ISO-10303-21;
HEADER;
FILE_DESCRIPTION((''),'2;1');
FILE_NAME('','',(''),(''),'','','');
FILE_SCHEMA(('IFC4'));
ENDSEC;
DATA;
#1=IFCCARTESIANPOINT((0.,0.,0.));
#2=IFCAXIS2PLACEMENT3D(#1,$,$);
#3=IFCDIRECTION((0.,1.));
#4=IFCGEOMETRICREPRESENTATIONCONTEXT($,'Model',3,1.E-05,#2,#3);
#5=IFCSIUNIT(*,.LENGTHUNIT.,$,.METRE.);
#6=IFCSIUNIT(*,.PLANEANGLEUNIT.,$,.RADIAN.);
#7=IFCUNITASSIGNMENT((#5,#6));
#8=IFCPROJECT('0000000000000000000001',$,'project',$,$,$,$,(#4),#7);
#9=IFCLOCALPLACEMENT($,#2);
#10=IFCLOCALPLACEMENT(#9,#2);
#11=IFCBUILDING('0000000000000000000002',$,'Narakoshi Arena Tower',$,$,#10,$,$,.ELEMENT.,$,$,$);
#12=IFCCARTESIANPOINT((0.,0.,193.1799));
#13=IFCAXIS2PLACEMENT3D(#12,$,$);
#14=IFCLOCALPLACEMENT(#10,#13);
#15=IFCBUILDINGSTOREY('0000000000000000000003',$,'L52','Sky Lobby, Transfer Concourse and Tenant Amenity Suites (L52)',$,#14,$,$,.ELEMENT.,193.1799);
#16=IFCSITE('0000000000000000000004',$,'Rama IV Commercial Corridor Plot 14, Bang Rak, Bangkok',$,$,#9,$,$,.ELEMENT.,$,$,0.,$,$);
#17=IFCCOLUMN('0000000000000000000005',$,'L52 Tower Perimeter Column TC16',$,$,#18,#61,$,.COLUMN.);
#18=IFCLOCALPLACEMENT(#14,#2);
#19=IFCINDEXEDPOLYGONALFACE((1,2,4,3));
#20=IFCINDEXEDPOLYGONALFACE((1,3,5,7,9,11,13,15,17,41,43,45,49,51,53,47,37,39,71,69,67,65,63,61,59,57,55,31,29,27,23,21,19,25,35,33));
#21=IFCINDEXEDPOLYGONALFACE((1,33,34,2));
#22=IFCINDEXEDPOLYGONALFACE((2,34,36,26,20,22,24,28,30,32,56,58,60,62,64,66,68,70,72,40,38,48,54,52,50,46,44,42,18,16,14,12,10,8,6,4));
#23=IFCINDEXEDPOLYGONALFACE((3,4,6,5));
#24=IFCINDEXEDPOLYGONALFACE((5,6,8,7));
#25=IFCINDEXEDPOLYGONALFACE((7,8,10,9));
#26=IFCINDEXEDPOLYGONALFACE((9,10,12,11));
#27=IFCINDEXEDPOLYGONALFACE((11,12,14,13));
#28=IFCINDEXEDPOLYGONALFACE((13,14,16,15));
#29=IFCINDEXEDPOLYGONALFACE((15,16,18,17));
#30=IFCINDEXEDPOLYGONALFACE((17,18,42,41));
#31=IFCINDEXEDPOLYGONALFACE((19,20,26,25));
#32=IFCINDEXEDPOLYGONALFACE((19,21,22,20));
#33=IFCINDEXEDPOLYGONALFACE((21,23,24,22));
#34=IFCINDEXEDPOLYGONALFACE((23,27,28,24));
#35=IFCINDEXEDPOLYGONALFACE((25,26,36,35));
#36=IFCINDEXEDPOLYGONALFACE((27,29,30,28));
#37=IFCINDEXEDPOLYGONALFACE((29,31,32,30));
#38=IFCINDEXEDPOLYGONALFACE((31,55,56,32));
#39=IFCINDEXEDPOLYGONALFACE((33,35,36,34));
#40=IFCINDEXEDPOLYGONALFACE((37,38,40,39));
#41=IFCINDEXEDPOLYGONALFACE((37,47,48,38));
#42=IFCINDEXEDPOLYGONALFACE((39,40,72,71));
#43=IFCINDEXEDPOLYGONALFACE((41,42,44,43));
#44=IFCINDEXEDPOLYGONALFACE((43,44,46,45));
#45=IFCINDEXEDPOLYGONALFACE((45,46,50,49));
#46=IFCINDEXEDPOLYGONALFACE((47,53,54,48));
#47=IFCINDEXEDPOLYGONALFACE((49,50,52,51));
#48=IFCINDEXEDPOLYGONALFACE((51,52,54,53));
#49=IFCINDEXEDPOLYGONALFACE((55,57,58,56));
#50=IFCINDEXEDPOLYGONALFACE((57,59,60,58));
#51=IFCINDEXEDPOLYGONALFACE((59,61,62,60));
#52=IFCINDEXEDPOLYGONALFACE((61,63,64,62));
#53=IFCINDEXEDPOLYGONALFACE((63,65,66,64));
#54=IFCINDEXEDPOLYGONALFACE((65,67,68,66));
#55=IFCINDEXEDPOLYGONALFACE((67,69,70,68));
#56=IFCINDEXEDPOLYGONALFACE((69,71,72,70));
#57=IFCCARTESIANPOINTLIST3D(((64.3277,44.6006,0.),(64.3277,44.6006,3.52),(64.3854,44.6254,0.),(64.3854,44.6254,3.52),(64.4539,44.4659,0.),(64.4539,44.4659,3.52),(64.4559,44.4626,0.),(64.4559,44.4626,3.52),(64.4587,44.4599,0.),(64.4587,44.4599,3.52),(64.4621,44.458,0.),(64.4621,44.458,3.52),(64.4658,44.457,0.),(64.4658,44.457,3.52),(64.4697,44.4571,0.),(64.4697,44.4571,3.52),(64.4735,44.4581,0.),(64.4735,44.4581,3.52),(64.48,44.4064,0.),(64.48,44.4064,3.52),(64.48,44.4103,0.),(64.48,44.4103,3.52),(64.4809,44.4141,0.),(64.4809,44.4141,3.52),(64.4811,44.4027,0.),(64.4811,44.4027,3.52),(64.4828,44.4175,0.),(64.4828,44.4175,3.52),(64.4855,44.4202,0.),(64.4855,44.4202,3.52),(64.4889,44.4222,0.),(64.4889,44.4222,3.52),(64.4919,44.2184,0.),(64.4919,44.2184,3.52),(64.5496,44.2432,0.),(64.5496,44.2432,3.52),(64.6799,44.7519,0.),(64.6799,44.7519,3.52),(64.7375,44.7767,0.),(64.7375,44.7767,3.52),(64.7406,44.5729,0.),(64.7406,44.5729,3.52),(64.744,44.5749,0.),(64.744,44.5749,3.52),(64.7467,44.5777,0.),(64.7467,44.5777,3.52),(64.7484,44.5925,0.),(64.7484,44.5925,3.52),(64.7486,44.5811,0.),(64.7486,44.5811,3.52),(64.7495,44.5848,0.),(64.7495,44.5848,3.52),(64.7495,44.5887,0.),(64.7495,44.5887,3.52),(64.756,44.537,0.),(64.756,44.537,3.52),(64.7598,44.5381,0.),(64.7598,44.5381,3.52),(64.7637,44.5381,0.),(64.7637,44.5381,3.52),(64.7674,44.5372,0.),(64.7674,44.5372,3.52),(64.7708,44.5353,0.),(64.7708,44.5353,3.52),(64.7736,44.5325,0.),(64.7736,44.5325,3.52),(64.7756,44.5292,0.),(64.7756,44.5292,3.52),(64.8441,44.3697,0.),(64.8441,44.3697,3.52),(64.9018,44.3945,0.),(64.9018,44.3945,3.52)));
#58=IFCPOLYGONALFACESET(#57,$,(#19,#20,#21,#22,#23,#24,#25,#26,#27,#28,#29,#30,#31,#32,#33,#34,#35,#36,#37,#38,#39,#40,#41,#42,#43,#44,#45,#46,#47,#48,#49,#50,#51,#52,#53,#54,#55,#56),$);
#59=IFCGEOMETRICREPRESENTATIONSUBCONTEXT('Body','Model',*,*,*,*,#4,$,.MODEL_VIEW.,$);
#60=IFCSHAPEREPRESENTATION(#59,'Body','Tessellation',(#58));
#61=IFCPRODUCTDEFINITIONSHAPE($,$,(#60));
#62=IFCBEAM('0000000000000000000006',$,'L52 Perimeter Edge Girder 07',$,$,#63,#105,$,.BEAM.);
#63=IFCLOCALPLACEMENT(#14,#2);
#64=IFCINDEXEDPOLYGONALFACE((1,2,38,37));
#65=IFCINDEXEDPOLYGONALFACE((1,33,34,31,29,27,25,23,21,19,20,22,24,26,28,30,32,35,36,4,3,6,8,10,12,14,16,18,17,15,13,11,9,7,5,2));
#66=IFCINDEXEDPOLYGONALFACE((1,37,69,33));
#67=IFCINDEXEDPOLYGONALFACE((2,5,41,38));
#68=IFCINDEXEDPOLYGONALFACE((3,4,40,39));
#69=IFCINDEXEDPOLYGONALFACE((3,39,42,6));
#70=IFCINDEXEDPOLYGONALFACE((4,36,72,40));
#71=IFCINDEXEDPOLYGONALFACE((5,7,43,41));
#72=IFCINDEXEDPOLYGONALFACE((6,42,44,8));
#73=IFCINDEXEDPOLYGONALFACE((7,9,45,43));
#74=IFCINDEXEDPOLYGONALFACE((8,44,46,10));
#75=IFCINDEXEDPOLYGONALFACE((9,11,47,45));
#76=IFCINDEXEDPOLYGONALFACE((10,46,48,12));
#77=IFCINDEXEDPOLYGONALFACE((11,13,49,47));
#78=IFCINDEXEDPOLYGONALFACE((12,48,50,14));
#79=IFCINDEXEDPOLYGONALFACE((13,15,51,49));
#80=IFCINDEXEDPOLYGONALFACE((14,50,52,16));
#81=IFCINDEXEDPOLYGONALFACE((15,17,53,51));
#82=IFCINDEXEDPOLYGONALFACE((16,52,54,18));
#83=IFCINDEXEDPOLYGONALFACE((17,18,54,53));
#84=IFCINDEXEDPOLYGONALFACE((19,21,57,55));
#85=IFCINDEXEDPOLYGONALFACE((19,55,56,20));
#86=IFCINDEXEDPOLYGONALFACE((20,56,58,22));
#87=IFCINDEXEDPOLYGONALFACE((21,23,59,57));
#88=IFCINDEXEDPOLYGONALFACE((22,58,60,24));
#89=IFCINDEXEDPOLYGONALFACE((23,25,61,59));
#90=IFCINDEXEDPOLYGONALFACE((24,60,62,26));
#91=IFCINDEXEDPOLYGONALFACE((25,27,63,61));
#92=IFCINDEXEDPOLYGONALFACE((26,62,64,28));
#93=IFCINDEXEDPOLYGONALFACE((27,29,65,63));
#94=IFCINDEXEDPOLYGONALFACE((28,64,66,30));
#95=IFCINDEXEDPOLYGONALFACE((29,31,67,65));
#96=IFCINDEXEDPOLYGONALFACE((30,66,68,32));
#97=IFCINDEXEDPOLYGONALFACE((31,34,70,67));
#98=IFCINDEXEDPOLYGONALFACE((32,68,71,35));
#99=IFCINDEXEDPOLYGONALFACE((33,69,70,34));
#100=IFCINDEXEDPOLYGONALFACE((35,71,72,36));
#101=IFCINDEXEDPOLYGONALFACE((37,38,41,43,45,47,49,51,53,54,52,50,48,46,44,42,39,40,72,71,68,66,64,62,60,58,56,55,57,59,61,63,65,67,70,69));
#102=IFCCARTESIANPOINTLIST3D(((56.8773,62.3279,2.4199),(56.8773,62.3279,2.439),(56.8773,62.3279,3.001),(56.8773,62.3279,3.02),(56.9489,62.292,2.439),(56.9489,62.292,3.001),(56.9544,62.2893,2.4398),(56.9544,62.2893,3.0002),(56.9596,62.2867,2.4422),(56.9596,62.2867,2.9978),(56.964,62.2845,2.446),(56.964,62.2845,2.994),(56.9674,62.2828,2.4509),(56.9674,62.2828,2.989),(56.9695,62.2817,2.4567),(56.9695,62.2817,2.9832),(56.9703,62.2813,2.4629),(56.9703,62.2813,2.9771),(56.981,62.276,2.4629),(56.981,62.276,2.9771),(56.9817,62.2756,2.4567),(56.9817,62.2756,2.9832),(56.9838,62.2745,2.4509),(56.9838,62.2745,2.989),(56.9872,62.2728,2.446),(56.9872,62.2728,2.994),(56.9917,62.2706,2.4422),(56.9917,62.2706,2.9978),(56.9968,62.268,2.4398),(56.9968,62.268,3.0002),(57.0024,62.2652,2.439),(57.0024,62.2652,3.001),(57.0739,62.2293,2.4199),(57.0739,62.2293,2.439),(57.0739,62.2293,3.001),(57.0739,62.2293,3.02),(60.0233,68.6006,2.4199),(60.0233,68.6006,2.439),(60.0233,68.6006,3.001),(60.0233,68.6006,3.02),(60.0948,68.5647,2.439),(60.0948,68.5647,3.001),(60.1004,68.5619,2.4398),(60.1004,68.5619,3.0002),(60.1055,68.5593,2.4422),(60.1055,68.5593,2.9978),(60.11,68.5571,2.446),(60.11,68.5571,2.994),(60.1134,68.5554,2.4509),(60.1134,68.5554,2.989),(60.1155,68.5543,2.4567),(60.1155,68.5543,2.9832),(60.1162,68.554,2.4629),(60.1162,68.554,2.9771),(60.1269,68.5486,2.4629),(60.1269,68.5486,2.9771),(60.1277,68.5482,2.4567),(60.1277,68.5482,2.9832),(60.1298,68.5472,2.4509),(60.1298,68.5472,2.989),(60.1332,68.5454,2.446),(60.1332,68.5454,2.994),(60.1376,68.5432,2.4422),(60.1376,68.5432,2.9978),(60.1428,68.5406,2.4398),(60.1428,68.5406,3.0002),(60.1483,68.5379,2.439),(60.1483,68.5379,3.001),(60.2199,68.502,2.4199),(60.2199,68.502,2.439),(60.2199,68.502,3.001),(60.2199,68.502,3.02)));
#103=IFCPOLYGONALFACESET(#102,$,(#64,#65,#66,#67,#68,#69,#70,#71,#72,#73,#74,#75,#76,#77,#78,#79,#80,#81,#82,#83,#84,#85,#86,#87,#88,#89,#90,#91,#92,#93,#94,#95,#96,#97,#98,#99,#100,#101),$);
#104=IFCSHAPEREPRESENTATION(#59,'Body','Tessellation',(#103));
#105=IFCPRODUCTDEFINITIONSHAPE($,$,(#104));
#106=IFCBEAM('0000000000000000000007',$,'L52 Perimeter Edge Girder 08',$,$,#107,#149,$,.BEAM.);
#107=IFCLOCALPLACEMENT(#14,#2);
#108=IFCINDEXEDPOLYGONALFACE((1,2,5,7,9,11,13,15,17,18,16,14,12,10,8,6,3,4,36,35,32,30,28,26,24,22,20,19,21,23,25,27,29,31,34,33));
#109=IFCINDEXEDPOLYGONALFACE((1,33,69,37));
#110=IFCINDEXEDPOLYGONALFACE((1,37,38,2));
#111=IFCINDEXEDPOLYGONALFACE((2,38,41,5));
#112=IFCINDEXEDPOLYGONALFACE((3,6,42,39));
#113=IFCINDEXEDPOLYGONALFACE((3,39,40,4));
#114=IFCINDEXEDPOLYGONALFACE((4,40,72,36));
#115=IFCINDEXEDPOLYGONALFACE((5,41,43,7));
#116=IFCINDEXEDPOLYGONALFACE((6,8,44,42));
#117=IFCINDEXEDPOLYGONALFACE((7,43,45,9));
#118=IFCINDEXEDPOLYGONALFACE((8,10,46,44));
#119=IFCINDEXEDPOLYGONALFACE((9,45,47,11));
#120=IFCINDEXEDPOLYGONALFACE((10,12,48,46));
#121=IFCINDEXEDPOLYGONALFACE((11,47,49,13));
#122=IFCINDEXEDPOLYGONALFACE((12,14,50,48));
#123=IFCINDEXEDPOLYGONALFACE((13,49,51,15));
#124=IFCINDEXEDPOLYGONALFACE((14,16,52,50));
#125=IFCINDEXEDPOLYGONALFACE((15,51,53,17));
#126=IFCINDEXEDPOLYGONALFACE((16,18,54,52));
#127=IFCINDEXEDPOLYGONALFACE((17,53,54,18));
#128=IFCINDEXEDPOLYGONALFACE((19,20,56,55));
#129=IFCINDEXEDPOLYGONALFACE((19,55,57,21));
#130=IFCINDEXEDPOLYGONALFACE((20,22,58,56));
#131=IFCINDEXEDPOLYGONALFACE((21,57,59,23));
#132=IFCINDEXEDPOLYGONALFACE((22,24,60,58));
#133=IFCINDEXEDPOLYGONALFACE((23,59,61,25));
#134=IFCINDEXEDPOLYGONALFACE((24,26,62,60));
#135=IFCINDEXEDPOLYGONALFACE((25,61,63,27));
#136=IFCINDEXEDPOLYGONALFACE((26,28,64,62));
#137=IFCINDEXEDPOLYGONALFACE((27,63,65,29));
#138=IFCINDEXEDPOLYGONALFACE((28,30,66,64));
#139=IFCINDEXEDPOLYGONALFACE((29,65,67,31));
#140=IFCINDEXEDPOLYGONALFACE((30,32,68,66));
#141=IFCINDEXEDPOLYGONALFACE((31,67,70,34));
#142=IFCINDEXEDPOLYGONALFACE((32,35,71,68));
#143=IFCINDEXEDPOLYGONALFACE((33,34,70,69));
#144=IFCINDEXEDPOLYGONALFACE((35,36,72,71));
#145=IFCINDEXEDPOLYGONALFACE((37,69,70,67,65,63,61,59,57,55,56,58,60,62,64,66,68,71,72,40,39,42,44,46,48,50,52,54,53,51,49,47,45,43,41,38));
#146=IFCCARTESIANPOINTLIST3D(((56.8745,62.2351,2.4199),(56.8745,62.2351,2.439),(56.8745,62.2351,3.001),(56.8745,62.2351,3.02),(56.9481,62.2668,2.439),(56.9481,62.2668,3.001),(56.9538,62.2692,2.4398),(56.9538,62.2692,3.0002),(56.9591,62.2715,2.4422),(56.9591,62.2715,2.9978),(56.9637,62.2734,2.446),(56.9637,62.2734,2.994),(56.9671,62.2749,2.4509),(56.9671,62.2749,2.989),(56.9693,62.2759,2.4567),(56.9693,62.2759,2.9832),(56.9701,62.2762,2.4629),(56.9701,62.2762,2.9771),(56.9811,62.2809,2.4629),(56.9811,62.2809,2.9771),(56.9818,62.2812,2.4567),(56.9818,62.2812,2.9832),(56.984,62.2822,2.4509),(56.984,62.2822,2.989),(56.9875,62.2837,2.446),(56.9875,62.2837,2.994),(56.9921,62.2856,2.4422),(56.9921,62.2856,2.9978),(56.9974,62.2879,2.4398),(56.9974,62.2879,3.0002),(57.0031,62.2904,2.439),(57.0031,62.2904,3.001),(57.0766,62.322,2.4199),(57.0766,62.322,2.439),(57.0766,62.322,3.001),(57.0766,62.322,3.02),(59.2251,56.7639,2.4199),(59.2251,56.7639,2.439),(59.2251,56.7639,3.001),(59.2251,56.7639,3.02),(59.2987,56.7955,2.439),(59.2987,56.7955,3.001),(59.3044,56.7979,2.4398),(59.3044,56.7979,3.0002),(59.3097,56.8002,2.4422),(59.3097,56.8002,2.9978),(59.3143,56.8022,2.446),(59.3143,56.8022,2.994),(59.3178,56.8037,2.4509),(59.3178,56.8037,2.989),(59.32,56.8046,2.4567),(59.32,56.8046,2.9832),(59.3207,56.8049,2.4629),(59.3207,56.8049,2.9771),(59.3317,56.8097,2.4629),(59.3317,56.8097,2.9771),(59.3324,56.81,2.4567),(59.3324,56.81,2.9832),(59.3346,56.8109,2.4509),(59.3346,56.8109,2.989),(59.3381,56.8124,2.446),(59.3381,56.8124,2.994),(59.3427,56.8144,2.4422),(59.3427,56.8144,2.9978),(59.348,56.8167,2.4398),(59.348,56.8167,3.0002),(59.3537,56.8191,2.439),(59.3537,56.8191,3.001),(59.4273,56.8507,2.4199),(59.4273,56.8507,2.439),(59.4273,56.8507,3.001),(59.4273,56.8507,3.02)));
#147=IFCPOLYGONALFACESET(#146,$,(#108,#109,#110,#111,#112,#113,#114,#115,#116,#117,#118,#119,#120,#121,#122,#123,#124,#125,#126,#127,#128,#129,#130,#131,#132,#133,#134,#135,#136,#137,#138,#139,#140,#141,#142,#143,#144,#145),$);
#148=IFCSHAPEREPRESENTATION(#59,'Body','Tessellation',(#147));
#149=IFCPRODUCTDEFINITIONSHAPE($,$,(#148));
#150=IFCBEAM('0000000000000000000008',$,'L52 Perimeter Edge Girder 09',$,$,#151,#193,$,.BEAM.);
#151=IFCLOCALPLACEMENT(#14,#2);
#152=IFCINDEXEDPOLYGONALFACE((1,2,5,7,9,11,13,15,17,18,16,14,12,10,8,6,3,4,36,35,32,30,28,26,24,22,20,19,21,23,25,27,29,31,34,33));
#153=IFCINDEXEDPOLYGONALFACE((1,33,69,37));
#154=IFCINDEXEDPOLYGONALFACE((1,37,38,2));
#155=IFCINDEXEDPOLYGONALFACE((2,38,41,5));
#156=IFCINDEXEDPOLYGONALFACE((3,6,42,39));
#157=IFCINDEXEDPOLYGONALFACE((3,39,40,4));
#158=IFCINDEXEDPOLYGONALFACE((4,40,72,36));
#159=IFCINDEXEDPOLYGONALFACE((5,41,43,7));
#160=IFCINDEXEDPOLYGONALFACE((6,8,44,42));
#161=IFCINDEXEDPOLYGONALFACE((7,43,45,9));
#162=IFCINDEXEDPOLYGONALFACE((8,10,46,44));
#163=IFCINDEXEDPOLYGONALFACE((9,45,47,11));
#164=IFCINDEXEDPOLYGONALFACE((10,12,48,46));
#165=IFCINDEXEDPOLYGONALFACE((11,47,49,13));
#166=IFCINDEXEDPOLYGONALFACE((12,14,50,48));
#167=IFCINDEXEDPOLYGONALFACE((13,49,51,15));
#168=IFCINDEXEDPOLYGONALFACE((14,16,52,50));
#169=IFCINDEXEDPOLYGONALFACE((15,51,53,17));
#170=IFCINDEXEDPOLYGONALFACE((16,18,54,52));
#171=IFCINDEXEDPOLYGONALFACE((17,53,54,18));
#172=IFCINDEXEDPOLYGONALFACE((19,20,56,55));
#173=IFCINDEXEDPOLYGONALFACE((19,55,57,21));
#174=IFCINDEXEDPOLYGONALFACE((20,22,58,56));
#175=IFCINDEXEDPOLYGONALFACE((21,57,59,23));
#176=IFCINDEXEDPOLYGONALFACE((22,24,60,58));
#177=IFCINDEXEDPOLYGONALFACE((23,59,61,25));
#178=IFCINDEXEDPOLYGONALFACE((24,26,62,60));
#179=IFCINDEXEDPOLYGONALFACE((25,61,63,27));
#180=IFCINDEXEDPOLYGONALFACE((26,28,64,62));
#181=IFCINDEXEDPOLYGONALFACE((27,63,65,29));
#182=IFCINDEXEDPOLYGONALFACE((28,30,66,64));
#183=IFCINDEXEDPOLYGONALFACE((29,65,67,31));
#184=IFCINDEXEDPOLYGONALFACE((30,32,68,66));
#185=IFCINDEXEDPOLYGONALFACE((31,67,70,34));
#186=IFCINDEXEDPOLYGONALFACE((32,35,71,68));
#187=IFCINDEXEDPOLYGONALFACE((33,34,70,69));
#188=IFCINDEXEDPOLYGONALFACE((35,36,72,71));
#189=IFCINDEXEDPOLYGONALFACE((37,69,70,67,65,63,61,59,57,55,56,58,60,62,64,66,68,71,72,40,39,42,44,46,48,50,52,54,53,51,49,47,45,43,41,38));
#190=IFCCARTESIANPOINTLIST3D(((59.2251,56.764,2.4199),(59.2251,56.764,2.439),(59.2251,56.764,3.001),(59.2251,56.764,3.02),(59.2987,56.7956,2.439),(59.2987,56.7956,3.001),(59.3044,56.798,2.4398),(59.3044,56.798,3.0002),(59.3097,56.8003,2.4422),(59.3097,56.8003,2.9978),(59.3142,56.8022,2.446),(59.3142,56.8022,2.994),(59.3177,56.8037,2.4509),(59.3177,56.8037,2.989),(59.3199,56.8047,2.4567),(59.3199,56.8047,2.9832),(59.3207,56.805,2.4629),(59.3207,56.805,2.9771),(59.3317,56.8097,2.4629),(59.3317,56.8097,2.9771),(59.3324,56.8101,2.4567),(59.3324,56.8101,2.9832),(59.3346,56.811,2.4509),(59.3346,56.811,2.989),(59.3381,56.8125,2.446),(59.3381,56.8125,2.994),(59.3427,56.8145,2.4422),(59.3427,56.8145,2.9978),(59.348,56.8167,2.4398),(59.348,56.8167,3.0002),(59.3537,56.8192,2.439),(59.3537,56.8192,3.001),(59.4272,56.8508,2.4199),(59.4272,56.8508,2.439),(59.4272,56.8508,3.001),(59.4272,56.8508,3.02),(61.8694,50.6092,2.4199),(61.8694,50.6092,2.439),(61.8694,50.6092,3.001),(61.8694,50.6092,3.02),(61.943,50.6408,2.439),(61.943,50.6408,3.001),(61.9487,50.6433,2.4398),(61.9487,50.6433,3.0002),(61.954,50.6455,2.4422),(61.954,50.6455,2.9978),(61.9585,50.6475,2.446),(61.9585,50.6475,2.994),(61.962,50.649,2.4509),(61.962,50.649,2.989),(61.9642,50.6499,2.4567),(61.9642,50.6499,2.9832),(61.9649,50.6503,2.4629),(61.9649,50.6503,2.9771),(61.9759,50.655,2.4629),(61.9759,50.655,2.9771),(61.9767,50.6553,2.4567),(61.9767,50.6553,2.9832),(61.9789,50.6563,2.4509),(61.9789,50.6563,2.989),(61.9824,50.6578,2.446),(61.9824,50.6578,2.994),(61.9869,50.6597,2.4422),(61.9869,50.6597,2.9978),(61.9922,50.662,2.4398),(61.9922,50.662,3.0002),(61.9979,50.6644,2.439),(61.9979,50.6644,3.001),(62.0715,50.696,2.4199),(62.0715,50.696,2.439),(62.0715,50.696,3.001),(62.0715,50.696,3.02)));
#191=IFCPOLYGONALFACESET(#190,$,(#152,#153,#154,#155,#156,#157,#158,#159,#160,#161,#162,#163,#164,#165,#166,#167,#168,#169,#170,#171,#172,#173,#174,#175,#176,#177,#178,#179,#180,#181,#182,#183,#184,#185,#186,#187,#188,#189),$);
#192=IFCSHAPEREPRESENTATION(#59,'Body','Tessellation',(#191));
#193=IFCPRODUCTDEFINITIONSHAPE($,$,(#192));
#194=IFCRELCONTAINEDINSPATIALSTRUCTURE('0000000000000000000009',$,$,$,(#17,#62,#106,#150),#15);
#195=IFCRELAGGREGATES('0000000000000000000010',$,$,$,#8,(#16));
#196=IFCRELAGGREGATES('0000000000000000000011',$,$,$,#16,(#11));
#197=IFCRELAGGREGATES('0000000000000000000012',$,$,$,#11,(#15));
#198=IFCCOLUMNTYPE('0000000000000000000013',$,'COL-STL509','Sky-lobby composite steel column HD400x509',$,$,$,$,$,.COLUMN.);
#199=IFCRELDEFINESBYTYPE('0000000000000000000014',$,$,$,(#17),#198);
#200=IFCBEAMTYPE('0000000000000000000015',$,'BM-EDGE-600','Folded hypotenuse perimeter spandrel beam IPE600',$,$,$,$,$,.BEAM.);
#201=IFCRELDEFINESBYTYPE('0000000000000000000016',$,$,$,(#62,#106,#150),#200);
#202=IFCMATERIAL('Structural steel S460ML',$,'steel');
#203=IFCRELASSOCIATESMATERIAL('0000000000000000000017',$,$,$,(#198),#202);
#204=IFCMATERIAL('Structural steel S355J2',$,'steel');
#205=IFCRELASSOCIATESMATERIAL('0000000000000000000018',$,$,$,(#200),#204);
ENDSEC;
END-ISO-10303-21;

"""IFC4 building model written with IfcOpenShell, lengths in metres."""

from ifc_helpers import new_model, si_unit, direction, frame, origin, origin_2d, place, context, subcontext, project, spatial, i_section, extrude, material, material_profile, profile_set, type_object, element, save


model = new_model("IFC4")

# Units and contexts
model_context = context("Model", 3, precision=1e-05, world=origin(), true_north=direction((0.0, 1.0)))
body_context = subcontext(model_context, "Body", "Model", "MODEL_VIEW")
ifc_project = project(units=[si_unit("LENGTHUNIT", "METRE"), si_unit("PLANEANGLEUNIT", "RADIAN")], contexts=[model_context])

# Site, building, storey
site_placement = place(None, origin())
site = spatial("IfcSite", under=ifc_project, at=site_placement, Name="Rama IV Commercial Corridor Plot 14, Bang Rak, Bangkok", CompositionType="ELEMENT", RefElevation=0.0)
building_placement = place(site_placement, origin())
building = spatial("IfcBuilding", under=site, at=building_placement, Name="Narakoshi Arena Tower", CompositionType="ELEMENT")
storey_placement = place(building_placement, frame((0.0, 0.0, 193.1799)))
storey = spatial("IfcBuildingStorey", under=building, at=storey_placement, Name="L52", Description="Sky Lobby, Transfer Concourse and Tenant Amenity Suites (L52)", CompositionType="ELEMENT", Elevation=193.1799)

# Column
ifc_material_1 = material(Name="Structural steel S460ML", Category="steel")
ifc_material_profile_1 = material_profile(ifc_material_1, i_section(OverallWidth=0.416, OverallDepth=0.446, WebThickness=0.0391, FlangeThickness=0.0627, FilletRadius=0.0149, at=origin_2d()), Name="HD400x509")
ifc_profile_set_1 = profile_set([ifc_material_profile_1], Name="Structural steel S460ML")
column_type = type_object("IfcColumnType", Name="COL-STL509", Description="Sky-lobby composite steel column HD400x509", PredefinedType="COLUMN", material=ifc_profile_set_1)
for number, where, z_axis, x_axis, name in (
    (1, (64.6147, 44.4976, 0.0), (0.0, 0.0, 1.0), (-0.394744, 0.918791, 0.0), "L52 Tower Perimeter Column TC16"),
):
    element("IfcColumn", number, at=place(storey_placement, frame(where, z_axis=z_axis, x_axis=x_axis)), inside=storey, type_object=column_type, Name=name, PredefinedType="COLUMN", context=body_context, shape_type="SweptSolid", body=[
        extrude(i_section(OverallWidth=0.416, OverallDepth=0.446, WebThickness=0.0391, FlangeThickness=0.0627, FilletRadius=0.0149, at=origin_2d()), origin(), (0.0, 0.0, 1.0), 3.52),
    ])

# Beams
ifc_material_2 = material(Name="Structural steel S355J2", Category="steel")
ifc_material_profile_2 = material_profile(ifc_material_2, i_section(OverallWidth=0.22, OverallDepth=0.6001, WebThickness=0.012, FlangeThickness=0.019, FilletRadius=0.0239, at=origin_2d()), Name="IPE600")
ifc_profile_set_2 = profile_set([ifc_material_profile_2], Name="Structural steel S355J2")
beam_type_1 = type_object("IfcBeamType", Name="BM-EDGE-600", Description="Folded hypotenuse perimeter spandrel beam IPE600", PredefinedType="BEAM", material=ifc_profile_set_2)
beam_1_placement = place(storey_placement, frame((60.1216, 68.5513, 2.72), z_axis=(-0.448313, -0.893877, 0.0), x_axis=(0.893877, -0.448313, 0.0)))
element("IfcBeam", 2, at=beam_1_placement, inside=storey, type_object=beam_type_1, Name="L52 Perimeter Edge Girder 07", PredefinedType="BEAM", context=body_context, shape_type="SweptSolid", body=[
    extrude(i_section(OverallWidth=0.22, OverallDepth=0.6001, WebThickness=0.012, FlangeThickness=0.019, FilletRadius=0.0239, at=origin_2d()), origin(), (0.0, 0.0, 1.0), 7.0173),
])
beam_2_placement = place(storey_placement, frame((56.9756, 62.2786, 2.72), z_axis=(0.394741, -0.918793, 0.0), x_axis=(0.918793, 0.394741, 0.0)))
element("IfcBeam", 3, at=beam_2_placement, inside=storey, type_object=beam_type_1, Name="L52 Perimeter Edge Girder 08", PredefinedType="BEAM", context=body_context, shape_type="SweptSolid", body=[
    extrude(i_section(OverallWidth=0.22, OverallDepth=0.6001, WebThickness=0.012, FlangeThickness=0.019, FilletRadius=0.0239, at=origin_2d()), origin(), (0.0, 0.0, 1.0), 5.9548),
])
beam_3_placement = place(storey_placement, frame((59.3262, 56.8074, 2.72), z_axis=(0.394742, -0.918792, 0.0), x_axis=(0.918792, 0.394742, 0.0)))
element("IfcBeam", 4, at=beam_3_placement, inside=storey, type_object=beam_type_1, Name="L52 Perimeter Edge Girder 09", PredefinedType="BEAM", context=body_context, shape_type="SweptSolid", body=[
    extrude(i_section(OverallWidth=0.22, OverallDepth=0.6001, WebThickness=0.012, FlangeThickness=0.019, FilletRadius=0.0239, at=origin_2d()), origin(), (0.0, 0.0, 1.0), 6.6987),
])

save(model, "model.ifc")
